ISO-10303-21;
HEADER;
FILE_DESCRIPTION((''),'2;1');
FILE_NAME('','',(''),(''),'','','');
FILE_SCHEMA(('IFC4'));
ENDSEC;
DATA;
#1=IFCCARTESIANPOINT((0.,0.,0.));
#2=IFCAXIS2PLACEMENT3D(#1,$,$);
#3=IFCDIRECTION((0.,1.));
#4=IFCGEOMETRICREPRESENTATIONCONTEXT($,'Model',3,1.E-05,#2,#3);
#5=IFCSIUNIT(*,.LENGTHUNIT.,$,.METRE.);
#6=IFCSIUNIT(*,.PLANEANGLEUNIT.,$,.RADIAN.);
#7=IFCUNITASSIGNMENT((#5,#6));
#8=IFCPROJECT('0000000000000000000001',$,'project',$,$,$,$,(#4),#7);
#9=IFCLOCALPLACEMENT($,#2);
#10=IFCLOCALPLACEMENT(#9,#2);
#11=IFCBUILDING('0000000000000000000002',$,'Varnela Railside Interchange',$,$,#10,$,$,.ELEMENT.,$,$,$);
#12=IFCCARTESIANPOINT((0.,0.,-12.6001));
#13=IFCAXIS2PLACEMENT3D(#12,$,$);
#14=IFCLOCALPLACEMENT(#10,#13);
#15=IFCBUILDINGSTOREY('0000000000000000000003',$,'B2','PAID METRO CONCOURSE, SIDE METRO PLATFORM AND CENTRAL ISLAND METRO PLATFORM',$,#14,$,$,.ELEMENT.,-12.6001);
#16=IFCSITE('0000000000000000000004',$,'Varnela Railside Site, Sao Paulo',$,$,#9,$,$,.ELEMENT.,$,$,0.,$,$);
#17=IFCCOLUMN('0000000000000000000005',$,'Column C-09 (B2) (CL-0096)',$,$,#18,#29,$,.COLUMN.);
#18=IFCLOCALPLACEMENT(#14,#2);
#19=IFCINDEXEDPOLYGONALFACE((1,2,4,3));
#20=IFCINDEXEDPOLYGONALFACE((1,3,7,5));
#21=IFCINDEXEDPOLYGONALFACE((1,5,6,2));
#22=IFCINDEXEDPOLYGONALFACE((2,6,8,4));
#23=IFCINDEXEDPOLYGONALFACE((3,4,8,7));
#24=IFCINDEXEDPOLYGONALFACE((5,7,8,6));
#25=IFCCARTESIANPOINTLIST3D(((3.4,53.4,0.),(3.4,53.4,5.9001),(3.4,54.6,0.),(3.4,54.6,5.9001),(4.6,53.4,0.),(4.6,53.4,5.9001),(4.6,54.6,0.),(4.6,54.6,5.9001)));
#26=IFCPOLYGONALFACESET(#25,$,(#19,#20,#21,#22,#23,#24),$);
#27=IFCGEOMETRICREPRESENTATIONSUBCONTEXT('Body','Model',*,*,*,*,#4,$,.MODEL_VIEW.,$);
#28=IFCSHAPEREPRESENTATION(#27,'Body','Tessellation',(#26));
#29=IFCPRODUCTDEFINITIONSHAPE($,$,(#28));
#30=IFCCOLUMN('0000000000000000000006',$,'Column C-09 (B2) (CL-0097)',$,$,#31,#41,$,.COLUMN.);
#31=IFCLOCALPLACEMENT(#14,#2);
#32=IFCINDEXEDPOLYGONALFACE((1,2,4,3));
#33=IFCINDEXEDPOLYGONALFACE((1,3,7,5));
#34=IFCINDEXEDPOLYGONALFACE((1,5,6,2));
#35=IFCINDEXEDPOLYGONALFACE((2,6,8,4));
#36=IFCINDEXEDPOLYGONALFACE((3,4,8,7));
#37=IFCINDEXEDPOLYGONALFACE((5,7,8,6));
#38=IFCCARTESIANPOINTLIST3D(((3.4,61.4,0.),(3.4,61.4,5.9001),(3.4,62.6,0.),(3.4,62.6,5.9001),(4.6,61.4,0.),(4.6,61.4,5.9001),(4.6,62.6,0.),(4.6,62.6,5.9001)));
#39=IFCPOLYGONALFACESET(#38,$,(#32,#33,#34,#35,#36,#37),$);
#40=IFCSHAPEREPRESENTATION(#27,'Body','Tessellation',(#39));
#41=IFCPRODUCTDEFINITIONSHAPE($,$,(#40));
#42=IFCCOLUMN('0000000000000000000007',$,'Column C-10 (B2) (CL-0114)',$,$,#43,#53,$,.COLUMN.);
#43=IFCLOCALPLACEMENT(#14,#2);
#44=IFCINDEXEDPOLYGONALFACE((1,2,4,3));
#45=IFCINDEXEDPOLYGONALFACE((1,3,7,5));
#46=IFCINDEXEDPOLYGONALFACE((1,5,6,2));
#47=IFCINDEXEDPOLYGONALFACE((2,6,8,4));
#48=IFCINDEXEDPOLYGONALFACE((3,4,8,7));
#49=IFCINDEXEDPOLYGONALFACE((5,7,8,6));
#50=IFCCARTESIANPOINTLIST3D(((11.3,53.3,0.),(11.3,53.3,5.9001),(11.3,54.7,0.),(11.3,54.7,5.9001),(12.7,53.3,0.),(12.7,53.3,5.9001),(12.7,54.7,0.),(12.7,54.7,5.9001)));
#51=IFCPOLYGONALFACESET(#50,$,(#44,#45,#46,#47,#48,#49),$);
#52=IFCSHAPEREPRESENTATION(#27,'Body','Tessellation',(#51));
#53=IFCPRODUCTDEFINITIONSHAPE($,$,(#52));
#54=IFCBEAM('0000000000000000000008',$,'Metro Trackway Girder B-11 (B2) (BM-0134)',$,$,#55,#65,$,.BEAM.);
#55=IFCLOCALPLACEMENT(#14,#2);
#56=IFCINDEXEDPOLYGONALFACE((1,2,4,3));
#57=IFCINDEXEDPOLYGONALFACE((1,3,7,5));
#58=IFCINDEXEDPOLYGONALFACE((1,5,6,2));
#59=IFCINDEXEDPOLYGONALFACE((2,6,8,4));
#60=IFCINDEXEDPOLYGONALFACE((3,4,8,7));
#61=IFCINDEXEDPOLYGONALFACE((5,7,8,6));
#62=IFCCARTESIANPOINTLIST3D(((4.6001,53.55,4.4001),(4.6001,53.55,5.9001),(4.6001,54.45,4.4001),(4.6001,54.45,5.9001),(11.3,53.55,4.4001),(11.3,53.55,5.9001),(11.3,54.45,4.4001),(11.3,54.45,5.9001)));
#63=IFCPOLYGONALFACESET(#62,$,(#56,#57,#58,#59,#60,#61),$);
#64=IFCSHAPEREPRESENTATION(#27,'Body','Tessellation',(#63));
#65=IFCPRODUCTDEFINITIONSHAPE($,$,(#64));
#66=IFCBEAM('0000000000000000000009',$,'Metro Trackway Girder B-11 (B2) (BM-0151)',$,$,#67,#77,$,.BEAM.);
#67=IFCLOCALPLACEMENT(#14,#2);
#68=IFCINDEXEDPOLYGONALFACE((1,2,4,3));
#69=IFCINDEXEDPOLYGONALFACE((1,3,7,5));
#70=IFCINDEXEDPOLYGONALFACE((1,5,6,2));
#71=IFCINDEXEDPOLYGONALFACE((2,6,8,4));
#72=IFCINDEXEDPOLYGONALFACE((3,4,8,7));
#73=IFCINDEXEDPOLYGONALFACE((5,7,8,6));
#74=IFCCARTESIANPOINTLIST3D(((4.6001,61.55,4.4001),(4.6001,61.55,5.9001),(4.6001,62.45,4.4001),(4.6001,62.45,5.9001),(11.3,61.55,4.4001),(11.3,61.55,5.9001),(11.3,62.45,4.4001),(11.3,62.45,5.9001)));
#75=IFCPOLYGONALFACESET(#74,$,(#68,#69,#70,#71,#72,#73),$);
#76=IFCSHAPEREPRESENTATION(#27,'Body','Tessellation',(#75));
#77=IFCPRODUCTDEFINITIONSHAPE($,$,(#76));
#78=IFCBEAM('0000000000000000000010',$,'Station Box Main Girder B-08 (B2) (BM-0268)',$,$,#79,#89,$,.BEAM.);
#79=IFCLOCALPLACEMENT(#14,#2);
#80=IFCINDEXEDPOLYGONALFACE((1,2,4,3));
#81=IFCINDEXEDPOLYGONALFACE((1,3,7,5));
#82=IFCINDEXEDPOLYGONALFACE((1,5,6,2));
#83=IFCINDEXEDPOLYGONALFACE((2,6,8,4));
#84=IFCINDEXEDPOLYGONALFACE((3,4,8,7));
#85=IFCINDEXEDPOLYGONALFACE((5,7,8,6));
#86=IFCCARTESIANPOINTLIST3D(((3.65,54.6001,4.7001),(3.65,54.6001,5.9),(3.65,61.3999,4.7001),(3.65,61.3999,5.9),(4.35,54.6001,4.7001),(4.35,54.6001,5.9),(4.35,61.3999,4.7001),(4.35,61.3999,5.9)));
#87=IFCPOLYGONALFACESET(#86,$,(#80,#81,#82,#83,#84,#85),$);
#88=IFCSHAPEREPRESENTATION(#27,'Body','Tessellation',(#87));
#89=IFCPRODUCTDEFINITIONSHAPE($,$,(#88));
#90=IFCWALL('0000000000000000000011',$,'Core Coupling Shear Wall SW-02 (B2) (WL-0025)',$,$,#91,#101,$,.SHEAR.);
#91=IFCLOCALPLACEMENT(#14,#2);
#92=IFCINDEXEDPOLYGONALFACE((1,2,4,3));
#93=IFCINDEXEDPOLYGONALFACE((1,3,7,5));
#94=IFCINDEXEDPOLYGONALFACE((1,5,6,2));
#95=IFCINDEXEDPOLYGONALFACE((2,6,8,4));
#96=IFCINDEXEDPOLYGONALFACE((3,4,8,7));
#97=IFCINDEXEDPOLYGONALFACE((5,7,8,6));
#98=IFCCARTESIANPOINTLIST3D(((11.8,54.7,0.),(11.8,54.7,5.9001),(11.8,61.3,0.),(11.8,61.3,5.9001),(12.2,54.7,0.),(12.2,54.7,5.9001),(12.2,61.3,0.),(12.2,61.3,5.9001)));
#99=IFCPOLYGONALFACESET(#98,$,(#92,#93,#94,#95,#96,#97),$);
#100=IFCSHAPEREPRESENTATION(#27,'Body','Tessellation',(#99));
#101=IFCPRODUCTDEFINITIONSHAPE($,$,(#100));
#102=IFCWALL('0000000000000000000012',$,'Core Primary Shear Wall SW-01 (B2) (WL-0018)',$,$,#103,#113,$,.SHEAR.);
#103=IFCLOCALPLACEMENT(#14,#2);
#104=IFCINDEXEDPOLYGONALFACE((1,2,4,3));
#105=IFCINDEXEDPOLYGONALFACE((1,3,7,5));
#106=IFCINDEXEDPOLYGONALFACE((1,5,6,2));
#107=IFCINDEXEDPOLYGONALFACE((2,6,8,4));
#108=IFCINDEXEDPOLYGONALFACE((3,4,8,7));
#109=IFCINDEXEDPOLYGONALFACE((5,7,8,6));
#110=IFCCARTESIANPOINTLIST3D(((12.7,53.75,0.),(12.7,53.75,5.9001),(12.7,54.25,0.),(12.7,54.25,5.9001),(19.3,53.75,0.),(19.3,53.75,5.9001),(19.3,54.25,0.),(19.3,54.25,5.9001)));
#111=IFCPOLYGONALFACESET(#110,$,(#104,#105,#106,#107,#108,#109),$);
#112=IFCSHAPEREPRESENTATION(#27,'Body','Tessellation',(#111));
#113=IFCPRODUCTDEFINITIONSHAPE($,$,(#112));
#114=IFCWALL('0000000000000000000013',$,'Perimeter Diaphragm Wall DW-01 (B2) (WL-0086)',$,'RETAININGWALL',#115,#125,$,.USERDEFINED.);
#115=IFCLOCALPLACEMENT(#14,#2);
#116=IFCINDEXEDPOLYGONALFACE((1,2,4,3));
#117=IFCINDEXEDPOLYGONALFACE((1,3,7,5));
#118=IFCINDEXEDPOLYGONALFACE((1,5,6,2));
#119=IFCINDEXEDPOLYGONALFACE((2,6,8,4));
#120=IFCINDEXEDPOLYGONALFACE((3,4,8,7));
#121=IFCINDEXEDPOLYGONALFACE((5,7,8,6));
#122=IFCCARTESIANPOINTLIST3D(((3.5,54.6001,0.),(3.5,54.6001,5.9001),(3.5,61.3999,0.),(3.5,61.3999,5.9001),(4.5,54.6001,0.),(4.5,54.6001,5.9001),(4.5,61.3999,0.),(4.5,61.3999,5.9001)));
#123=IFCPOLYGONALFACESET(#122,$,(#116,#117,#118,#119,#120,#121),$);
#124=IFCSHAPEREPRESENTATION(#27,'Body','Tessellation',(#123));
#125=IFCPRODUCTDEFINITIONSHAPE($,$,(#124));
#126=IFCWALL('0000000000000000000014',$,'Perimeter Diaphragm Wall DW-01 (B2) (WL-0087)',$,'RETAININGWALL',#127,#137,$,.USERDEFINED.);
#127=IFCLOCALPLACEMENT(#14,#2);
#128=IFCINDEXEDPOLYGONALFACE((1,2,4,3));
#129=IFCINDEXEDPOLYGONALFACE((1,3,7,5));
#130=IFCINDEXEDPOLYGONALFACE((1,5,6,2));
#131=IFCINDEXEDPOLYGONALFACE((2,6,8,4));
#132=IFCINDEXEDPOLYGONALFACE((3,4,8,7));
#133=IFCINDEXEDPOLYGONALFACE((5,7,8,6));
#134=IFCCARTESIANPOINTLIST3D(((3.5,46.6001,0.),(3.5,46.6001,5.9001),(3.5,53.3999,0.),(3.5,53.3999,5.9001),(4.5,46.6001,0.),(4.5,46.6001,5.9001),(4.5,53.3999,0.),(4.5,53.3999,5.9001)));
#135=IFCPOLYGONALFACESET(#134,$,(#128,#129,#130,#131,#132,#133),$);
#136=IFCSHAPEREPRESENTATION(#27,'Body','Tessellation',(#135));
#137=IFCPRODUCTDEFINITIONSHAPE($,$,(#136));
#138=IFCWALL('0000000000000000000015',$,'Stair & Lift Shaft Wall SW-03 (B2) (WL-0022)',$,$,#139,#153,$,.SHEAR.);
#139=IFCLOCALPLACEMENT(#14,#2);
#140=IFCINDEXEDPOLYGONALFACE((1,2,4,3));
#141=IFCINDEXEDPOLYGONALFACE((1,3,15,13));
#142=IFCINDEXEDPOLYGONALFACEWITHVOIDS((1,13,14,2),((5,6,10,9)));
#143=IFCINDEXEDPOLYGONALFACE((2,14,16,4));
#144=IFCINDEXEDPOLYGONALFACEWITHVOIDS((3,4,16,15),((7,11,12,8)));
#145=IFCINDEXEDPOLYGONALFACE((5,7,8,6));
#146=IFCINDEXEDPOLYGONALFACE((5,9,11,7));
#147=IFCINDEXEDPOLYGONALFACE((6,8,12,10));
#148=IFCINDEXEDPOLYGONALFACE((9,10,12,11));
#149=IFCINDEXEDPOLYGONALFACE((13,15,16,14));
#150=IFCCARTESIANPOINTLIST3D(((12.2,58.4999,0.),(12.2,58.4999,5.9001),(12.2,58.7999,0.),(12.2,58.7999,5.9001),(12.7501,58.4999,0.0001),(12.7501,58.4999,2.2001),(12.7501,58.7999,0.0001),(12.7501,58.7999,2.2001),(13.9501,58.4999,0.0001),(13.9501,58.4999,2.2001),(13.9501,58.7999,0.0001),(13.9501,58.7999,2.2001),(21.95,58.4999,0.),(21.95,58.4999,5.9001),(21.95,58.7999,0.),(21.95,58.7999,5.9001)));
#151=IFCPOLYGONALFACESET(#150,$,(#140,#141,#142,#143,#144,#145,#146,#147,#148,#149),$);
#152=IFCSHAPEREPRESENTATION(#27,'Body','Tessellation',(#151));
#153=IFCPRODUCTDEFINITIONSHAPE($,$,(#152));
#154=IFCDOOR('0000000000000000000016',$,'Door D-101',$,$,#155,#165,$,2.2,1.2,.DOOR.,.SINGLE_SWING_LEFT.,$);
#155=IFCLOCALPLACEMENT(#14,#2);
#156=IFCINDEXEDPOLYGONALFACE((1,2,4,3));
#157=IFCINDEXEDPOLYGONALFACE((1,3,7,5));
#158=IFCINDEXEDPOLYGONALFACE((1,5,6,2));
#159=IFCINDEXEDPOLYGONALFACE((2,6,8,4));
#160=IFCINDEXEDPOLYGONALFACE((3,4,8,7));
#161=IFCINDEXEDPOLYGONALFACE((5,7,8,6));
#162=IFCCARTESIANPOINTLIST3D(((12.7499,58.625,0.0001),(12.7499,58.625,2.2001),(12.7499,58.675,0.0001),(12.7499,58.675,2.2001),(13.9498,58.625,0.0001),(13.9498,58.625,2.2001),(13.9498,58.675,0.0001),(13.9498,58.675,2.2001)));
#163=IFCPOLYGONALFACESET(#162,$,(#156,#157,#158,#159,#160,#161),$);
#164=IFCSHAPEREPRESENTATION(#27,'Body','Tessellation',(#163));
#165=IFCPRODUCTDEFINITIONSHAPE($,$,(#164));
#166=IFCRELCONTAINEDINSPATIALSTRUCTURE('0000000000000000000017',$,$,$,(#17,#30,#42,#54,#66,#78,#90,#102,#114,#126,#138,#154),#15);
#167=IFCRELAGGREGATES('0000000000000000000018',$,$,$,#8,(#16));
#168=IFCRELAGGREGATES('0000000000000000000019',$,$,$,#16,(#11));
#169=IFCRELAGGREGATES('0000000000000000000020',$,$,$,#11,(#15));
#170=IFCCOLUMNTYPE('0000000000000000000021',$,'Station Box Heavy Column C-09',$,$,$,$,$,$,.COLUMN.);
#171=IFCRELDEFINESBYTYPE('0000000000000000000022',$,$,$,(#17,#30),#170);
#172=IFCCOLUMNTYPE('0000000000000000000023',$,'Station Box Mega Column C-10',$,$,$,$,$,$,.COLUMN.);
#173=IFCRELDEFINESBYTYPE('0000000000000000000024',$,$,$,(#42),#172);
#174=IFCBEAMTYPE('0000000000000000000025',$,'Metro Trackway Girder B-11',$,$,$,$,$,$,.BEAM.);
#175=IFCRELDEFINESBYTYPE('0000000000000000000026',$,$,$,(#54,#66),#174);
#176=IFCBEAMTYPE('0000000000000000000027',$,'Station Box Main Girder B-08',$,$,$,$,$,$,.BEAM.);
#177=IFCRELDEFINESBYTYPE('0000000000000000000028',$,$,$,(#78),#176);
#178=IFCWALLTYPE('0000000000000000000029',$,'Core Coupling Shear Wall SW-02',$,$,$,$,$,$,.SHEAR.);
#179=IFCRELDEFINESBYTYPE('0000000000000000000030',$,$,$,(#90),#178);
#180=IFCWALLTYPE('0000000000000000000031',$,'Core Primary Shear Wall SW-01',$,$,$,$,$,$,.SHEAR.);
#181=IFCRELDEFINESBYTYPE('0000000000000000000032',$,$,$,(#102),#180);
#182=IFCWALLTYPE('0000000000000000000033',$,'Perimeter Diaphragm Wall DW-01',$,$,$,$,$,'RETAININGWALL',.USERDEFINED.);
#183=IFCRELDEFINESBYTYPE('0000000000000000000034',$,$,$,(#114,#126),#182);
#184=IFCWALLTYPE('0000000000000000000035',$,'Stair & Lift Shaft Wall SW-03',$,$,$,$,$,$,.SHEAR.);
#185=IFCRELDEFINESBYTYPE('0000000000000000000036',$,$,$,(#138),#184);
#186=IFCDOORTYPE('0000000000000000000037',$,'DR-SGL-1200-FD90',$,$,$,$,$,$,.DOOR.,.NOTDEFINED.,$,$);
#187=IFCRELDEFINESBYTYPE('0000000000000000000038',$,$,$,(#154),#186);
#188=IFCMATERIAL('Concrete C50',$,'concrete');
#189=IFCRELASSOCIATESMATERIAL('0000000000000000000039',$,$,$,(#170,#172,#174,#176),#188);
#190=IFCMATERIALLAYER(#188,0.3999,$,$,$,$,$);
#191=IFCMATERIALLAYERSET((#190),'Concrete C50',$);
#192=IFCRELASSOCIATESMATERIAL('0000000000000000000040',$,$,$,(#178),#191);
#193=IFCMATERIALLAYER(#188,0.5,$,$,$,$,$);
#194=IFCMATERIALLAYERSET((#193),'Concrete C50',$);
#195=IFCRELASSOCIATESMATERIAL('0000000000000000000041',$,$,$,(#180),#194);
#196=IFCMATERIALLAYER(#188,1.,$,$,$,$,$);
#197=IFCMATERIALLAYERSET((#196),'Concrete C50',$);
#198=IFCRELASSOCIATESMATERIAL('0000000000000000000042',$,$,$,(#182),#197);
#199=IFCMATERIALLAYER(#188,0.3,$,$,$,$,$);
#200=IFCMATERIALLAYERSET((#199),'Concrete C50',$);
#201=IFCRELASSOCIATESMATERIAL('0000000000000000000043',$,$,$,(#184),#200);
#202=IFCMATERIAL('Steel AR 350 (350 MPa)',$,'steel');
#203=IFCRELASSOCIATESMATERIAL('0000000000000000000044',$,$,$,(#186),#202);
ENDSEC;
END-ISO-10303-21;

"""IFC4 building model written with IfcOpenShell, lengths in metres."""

from ifc_helpers import new_model, si_unit, direction, frame, frame_2d, origin, origin_2d, place, context, subcontext, project, spatial, rectangle, extrude, material, layer, layer_set, material_profile, profile_set, type_object, element, fill, save


model = new_model("IFC4")

# Units and contexts
model_context = context("Model", 3, precision=1e-05, world=origin(), true_north=direction((0.0, 1.0)))
body_context = subcontext(model_context, "Body", "Model", "MODEL_VIEW")
ifc_project = project(units=[si_unit("LENGTHUNIT", "METRE"), si_unit("PLANEANGLEUNIT", "RADIAN")], contexts=[model_context])

# Site, building, storey
site_placement = place(None, origin())
site = spatial("IfcSite", under=ifc_project, at=site_placement, Name="Varnela Railside Site, Sao Paulo", CompositionType="ELEMENT", RefElevation=0.0)
building_placement = place(site_placement, origin())
building = spatial("IfcBuilding", under=site, at=building_placement, Name="Varnela Railside Interchange", CompositionType="ELEMENT")
storey_placement = place(building_placement, frame((0.0, 0.0, -12.6001)))
storey = spatial("IfcBuildingStorey", under=building, at=storey_placement, Name="B2", Description="PAID METRO CONCOURSE, SIDE METRO PLATFORM AND CENTRAL ISLAND METRO PLATFORM", CompositionType="ELEMENT", Elevation=-12.6001)

# Shared definitions
ifc_material_1 = material(Name="Concrete C50", Category="concrete")

# Columns
ifc_material_profile_1 = material_profile(ifc_material_1, rectangle(XDim=1.2, YDim=1.2, at=origin_2d()), Name="RC 1200x1200")
ifc_profile_set_1 = profile_set([ifc_material_profile_1], Name="Concrete C50")
column_type_1 = type_object("IfcColumnType", Name="Station Box Heavy Column C-09", PredefinedType="COLUMN", material=ifc_profile_set_1)
for number, where, z_axis, x_axis, name in (
    (1, (4.0, 54.0, 0.0), (0.0, 0.0, 1.0), (1.0, 0.0, 0.0), "Column C-09 (B2) (CL-0096)"),
    (2, (4.0, 62.0, 0.0), (0.0, 0.0, 1.0), (1.0, 0.0, 0.0), "Column C-09 (B2) (CL-0097)"),
):
    element("IfcColumn", number, at=place(storey_placement, frame(where, z_axis=z_axis, x_axis=x_axis)), inside=storey, type_object=column_type_1, Name=name, PredefinedType="COLUMN", context=body_context, shape_type="SweptSolid", body=[
        extrude(rectangle(XDim=1.2, YDim=1.2, at=origin_2d()), origin(), (0.0, 0.0, 1.0), 5.9001),
    ])
ifc_material_profile_2 = material_profile(ifc_material_1, rectangle(XDim=1.3999, YDim=1.3999, at=origin_2d()), Name="RC 1400x1400")
ifc_profile_set_2 = profile_set([ifc_material_profile_2], Name="Concrete C50")
column_type_2 = type_object("IfcColumnType", Name="Station Box Mega Column C-10", PredefinedType="COLUMN", material=ifc_profile_set_2)
column_placement = place(storey_placement, frame((12.0, 54.0, 0.0), z_axis=(0.0, 0.0, 1.0), x_axis=(1.0, 0.0, 0.0)))
element("IfcColumn", 3, at=column_placement, inside=storey, type_object=column_type_2, Name="Column C-10 (B2) (CL-0114)", PredefinedType="COLUMN", context=body_context, shape_type="SweptSolid", body=[
    extrude(rectangle(XDim=1.3999, YDim=1.3999, at=origin_2d()), origin(), (0.0, 0.0, 1.0), 5.9001),
])

# Beams
ifc_material_profile_3 = material_profile(ifc_material_1, rectangle(XDim=0.8999, YDim=1.5, at=origin_2d()), Name="RC 900x1500")
ifc_profile_set_3 = profile_set([ifc_material_profile_3], Name="Concrete C50")
beam_type_1 = type_object("IfcBeamType", Name="Metro Trackway Girder B-11", PredefinedType="BEAM", material=ifc_profile_set_3)
for number, where, z_axis, x_axis, name in (
    (4, (4.6001, 54.0, 5.1501), (1.0, 0.0, 0.0), (0.0, 1.0, 0.0), "Metro Trackway Girder B-11 (B2) (BM-0134)"),
    (5, (4.6001, 62.0, 5.1501), (1.0, 0.0, 0.0), (0.0, 1.0, 0.0), "Metro Trackway Girder B-11 (B2) (BM-0151)"),
):
    element("IfcBeam", number, at=place(storey_placement, frame(where, z_axis=z_axis, x_axis=x_axis)), inside=storey, type_object=beam_type_1, Name=name, PredefinedType="BEAM", context=body_context, shape_type="SweptSolid", body=[
        extrude(rectangle(XDim=0.8999, YDim=1.5, at=origin_2d()), origin(), (0.0, 0.0, 1.0), 6.7),
    ])
ifc_material_profile_4 = material_profile(ifc_material_1, rectangle(XDim=0.7, YDim=1.2, at=origin_2d()), Name="RC 700x1200")
ifc_profile_set_4 = profile_set([ifc_material_profile_4], Name="Concrete C50")
beam_type_2 = type_object("IfcBeamType", Name="Station Box Main Girder B-08", PredefinedType="BEAM", material=ifc_profile_set_4)
beam_placement = place(storey_placement, frame((4.0, 54.6001, 5.3), z_axis=(0.0, 1.0, 0.0), x_axis=(-1.0, 0.0, 0.0)))
element("IfcBeam", 6, at=beam_placement, inside=storey, type_object=beam_type_2, Name="Station Box Main Girder B-08 (B2) (BM-0268)", PredefinedType="BEAM", context=body_context, shape_type="SweptSolid", body=[
    extrude(rectangle(XDim=0.7, YDim=1.2, at=origin_2d()), origin(), (0.0, 0.0, 1.0), 6.7998),
])

# Walls
ifc_layer_1 = layer(ifc_material_1, 0.3999)
ifc_layer_set_1 = layer_set([ifc_layer_1], Name="Concrete C50")
wall_type_1 = type_object("IfcWallType", Name="Core Coupling Shear Wall SW-02", PredefinedType="SHEAR", material=ifc_layer_set_1)
wall_1_placement = place(storey_placement, frame((12.0, 54.7, 0.0), z_axis=(0.0, 0.0, 1.0), x_axis=(0.0, 1.0, 0.0)))
element("IfcWall", 7, at=wall_1_placement, inside=storey, type_object=wall_type_1, Name="Core Coupling Shear Wall SW-02 (B2) (WL-0025)", PredefinedType="SHEAR", context=body_context, shape_type="SweptSolid", body=[
    extrude(rectangle(XDim=6.6001, YDim=0.3999, at=frame_2d((3.3, 0.0))), origin(), (0.0, 0.0, 1.0), 5.9001),
])
ifc_layer_2 = layer(ifc_material_1, 0.5)
ifc_layer_set_2 = layer_set([ifc_layer_2], Name="Concrete C50")
wall_type_2 = type_object("IfcWallType", Name="Core Primary Shear Wall SW-01", PredefinedType="SHEAR", material=ifc_layer_set_2)
wall_2_placement = place(storey_placement, frame((12.7, 54.0, 0.0), z_axis=(0.0, 0.0, 1.0), x_axis=(1.0, 0.0, 0.0)))
element("IfcWall", 8, at=wall_2_placement, inside=storey, type_object=wall_type_2, Name="Core Primary Shear Wall SW-01 (B2) (WL-0018)", PredefinedType="SHEAR", context=body_context, shape_type="SweptSolid", body=[
    extrude(rectangle(XDim=6.6001, YDim=0.5, at=frame_2d((3.3, 0.0))), origin(), (0.0, 0.0, 1.0), 5.9001),
])
ifc_layer_3 = layer(ifc_material_1, 1.0)
ifc_layer_set_3 = layer_set([ifc_layer_3], Name="Concrete C50")
wall_type_3 = type_object("IfcWallType", Name="Perimeter Diaphragm Wall DW-01", ElementType="RETAININGWALL", PredefinedType="USERDEFINED", material=ifc_layer_set_3)
for number, where, z_axis, x_axis, name in (
    (9, (4.0, 61.3999, 0.0), (0.0, 0.0, 1.0), (0.0, -1.0, 0.0), "Perimeter Diaphragm Wall DW-01 (B2) (WL-0086)"),
    (10, (4.0, 53.3999, 0.0), (0.0, 0.0, 1.0), (0.0, -1.0, 0.0), "Perimeter Diaphragm Wall DW-01 (B2) (WL-0087)"),
):
    element("IfcWall", number, at=place(storey_placement, frame(where, z_axis=z_axis, x_axis=x_axis)), inside=storey, type_object=wall_type_3, Name=name, ObjectType="RETAININGWALL", PredefinedType="USERDEFINED", context=body_context, shape_type="SweptSolid", body=[
        extrude(rectangle(XDim=6.7998, YDim=1.0, at=frame_2d((3.3999, 0.0))), origin(), (0.0, 0.0, 1.0), 5.9001),
    ])

# Wall, opening, door
ifc_layer_4 = layer(ifc_material_1, 0.3)
ifc_layer_set_4 = layer_set([ifc_layer_4], Name="Concrete C50")
wall_type_4 = type_object("IfcWallType", Name="Stair & Lift Shaft Wall SW-03", PredefinedType="SHEAR", material=ifc_layer_set_4)
wall_3_placement = place(storey_placement, frame((12.2, 58.6499, 0.0), z_axis=(0.0, 0.0, 1.0), x_axis=(1.0, 0.0, 0.0)))
wall_3 = element("IfcWall", 11, at=wall_3_placement, inside=storey, type_object=wall_type_4, Name="Stair & Lift Shaft Wall SW-03 (B2) (WL-0022)", PredefinedType="SHEAR", context=body_context, shape_type="SweptSolid", body=[
    extrude(rectangle(XDim=9.75, YDim=0.3, at=frame_2d((4.875, 0.0))), origin(), (0.0, 0.0, 1.0), 5.9001),
])
opening_placement = place(wall_3_placement, frame((0.55, 0.0, 0.0)))
opening = element("IfcOpeningElement", 12, at=opening_placement, cuts=wall_3, PredefinedType="OPENING", context=body_context, shape_type="SweptSolid", body=[
    extrude(rectangle(XDim=1.2, YDim=2.2, at=frame_2d((0.6001, 1.1001))), frame((0.0, 0.1599, 0.0), z_axis=(0.0, -1.0, 0.0), x_axis=(1.0, 0.0, 0.0)), (0.0, 0.0, 1.0), 0.3201),
])
ifc_material_2 = material(Name="Steel AR 350 (350 MPa)", Category="steel")
door_type = type_object("IfcDoorType", Name="DR-SGL-1200-FD90", OperationType="NOTDEFINED", PredefinedType="DOOR", material=ifc_material_2)
door_placement = place(opening_placement, frame((1.2, 0.0, 0.0), z_axis=(0.0, 0.0, 1.0), x_axis=(-1.0, 0.0, 0.0)))
door = element("IfcDoor", 13, at=door_placement, inside=storey, type_object=door_type, Name="Door D-101", OperationType="SINGLE_SWING_LEFT", OverallHeight=2.2, OverallWidth=1.2, PredefinedType="DOOR", context=body_context, shape_type="SweptSolid", body=[
    extrude(rectangle(XDim=1.2, YDim=2.2, at=frame_2d((0.6001, 1.1001))), frame((0.0, 0.0249, 0.0), z_axis=(0.0, -1.0, 0.0), x_axis=(1.0, 0.0, 0.0)), (0.0, 0.0, 1.0), 0.05),
])
fill(opening, door)

save(model, "model.ifc")
